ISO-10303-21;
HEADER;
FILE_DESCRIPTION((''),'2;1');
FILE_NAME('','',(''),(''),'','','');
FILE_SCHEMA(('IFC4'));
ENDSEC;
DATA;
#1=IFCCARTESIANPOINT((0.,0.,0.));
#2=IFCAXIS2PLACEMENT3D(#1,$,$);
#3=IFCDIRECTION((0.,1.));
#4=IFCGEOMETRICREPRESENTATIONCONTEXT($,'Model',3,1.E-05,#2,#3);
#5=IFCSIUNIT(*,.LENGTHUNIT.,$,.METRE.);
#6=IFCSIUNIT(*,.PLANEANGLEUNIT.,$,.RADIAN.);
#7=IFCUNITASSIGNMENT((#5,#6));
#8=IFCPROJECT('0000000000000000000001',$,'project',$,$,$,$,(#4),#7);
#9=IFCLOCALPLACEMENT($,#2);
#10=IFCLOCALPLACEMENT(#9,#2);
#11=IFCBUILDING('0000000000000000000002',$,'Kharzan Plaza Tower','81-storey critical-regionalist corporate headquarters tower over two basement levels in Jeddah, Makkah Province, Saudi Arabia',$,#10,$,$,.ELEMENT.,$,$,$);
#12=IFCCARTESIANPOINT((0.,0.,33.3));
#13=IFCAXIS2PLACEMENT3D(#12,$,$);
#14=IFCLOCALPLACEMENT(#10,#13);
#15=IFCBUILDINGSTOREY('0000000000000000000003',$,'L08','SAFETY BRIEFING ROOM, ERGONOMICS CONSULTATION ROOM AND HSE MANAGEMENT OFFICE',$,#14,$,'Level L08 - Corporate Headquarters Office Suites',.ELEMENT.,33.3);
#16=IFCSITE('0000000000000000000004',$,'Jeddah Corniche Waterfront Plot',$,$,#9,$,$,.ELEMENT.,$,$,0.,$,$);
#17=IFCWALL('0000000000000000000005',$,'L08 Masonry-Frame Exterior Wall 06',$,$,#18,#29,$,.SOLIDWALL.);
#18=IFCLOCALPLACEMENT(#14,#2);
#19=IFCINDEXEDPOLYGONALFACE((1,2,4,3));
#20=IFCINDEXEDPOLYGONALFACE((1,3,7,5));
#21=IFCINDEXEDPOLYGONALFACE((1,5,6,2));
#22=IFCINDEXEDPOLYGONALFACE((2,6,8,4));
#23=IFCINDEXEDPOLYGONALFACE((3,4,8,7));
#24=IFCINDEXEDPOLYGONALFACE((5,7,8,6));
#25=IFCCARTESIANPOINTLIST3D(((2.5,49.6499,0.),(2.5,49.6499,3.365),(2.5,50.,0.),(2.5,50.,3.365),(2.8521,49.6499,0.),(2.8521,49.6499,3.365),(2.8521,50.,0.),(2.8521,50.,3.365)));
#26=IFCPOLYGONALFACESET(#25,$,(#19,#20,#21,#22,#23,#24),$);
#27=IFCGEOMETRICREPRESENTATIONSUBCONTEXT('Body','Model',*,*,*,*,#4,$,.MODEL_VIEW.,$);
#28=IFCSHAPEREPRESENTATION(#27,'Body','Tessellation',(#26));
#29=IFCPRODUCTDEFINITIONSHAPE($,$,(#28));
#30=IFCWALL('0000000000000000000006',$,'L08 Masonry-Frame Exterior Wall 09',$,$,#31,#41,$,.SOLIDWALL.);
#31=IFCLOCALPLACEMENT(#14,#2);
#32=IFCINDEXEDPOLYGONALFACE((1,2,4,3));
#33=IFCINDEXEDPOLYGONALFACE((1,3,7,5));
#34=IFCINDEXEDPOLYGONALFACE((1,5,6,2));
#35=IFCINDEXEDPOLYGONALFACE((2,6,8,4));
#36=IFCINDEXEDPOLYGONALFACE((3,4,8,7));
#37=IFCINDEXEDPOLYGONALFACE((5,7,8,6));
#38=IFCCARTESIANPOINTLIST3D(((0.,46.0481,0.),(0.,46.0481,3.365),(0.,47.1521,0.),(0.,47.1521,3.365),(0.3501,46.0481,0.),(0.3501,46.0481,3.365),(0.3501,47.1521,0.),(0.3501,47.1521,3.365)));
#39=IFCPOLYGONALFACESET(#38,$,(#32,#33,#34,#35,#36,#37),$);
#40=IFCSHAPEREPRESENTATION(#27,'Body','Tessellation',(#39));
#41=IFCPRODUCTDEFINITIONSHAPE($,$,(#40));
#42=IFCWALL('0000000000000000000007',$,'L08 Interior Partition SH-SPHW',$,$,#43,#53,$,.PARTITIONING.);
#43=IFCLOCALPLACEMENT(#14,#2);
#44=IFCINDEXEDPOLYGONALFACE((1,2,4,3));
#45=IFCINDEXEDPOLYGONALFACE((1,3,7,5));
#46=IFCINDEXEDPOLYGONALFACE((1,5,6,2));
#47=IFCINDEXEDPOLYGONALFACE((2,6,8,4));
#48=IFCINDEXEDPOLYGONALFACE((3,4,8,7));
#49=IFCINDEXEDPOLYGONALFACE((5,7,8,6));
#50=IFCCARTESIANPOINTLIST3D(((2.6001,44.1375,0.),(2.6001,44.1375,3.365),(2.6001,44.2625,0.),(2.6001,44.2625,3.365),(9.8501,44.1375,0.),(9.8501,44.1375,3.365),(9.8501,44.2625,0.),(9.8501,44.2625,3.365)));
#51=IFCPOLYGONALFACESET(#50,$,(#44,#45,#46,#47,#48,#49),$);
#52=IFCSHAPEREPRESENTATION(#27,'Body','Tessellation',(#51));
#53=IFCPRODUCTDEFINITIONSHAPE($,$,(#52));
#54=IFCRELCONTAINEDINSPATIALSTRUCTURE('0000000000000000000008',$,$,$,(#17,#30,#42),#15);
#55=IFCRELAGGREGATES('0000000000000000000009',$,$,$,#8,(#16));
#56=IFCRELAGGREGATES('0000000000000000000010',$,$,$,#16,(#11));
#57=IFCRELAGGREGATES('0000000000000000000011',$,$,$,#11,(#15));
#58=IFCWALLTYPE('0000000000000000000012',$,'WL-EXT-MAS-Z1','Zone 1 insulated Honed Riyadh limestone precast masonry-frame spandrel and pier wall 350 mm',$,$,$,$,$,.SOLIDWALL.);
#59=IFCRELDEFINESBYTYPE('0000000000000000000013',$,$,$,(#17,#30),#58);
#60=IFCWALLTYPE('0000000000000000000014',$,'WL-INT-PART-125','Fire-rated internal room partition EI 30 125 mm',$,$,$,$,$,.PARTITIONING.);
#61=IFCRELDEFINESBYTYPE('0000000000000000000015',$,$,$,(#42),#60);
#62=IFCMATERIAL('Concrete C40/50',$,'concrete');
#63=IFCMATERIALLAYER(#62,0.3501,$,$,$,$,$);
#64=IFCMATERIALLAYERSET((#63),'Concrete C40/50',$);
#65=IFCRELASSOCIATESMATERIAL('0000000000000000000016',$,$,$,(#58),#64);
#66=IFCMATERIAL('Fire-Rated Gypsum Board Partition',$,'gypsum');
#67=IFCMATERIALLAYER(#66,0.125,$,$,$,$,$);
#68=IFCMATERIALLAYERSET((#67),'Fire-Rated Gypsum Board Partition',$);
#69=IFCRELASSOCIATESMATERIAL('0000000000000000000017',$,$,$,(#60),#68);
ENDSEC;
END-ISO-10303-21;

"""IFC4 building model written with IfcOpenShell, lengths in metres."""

from ifc_helpers import new_model, si_unit, direction, frame, frame_2d, origin, place, context, subcontext, project, spatial, rectangle, extrude, source, transform, mapped, material, layer, layer_set, type_object, element, save


model = new_model("IFC4")

# Units and contexts
model_context = context("Model", 3, precision=1e-05, world=origin(), true_north=direction((0.0, 1.0)))
body_context = subcontext(model_context, "Body", "Model", "MODEL_VIEW")
ifc_project = project(units=[si_unit("LENGTHUNIT", "METRE"), si_unit("PLANEANGLEUNIT", "RADIAN")], contexts=[model_context])

# Site, building, storey
site_placement = place(None, origin())
site = spatial("IfcSite", under=ifc_project, at=site_placement, Name="Jeddah Corniche Waterfront Plot", CompositionType="ELEMENT", RefElevation=0.0)
building_placement = place(site_placement, origin())
building = spatial("IfcBuilding", under=site, at=building_placement, Name="Kharzan Plaza Tower", Description="81-storey critical-regionalist corporate headquarters tower over two basement levels in Jeddah, Makkah Province, Saudi Arabia", CompositionType="ELEMENT")
storey_placement = place(building_placement, frame((0.0, 0.0, 33.3)))
storey = spatial("IfcBuildingStorey", under=building, at=storey_placement, Name="L08", Description="SAFETY BRIEFING ROOM, ERGONOMICS CONSULTATION ROOM AND HSE MANAGEMENT OFFICE", LongName="Level L08 - Corporate Headquarters Office Suites", CompositionType="ELEMENT", Elevation=33.3)

# Shared definitions
ifc_material_1 = material(Name="Concrete C40/50", Category="concrete")
ifc_layer_1 = layer(ifc_material_1, 0.3501)
ifc_layer_set_1 = layer_set([ifc_layer_1], Name="Concrete C40/50")
wall_type_1 = type_object("IfcWallType", Name="WL-EXT-MAS-Z1", Description="Zone 1 insulated Honed Riyadh limestone precast masonry-frame spandrel and pier wall 350 mm", PredefinedType="SOLIDWALL", material=ifc_layer_set_1)

# Walls
shared_shape_1 = source(origin(), body_context, "Body", "SweptSolid", [
    extrude(rectangle(XDim=0.3521, YDim=0.3501, at=frame_2d((0.176, 0.0))), origin(), (0.0, 0.0, 1.0), 3.365),
])
wall_1_placement = place(storey_placement, frame((2.8521, 49.825, 0.0), z_axis=(0.0, 0.0, 1.0), x_axis=(-1.0, 0.0, 0.0)))
element("IfcWall", 1, at=wall_1_placement, inside=storey, type_object=wall_type_1, Name="L08 Masonry-Frame Exterior Wall 06", PredefinedType="SOLIDWALL", context=body_context, shape_type="MappedRepresentation", body=[
    mapped(shared_shape_1, transform((0.0, 0.0, 0.0), x_axis=(1.0, 0.0, 0.0), y_axis=(0.0, 1.0, 0.0), z_axis=(0.0, 0.0, 1.0))),
])
shared_shape_2 = source(origin(), body_context, "Body", "SweptSolid", [
    extrude(rectangle(XDim=1.104, YDim=0.3501, at=frame_2d((0.552, 0.0))), origin(), (0.0, 0.0, 1.0), 3.365),
])
wall_2_placement = place(storey_placement, frame((0.175, 47.1521, 0.0), z_axis=(0.0, 0.0, 1.0), x_axis=(0.0, -1.0, 0.0)))
element("IfcWall", 2, at=wall_2_placement, inside=storey, type_object=wall_type_1, Name="L08 Masonry-Frame Exterior Wall 09", PredefinedType="SOLIDWALL", context=body_context, shape_type="MappedRepresentation", body=[
    mapped(shared_shape_2, transform((0.0, 0.0, 0.0), x_axis=(1.0, 0.0, 0.0), y_axis=(0.0, 1.0, 0.0), z_axis=(0.0, 0.0, 1.0))),
])
ifc_material_2 = material(Name="Fire-Rated Gypsum Board Partition", Category="gypsum")
ifc_layer_2 = layer(ifc_material_2, 0.125)
ifc_layer_set_2 = layer_set([ifc_layer_2], Name="Fire-Rated Gypsum Board Partition")
wall_type_2 = type_object("IfcWallType", Name="WL-INT-PART-125", Description="Fire-rated internal room partition EI 30 125 mm", PredefinedType="PARTITIONING", material=ifc_layer_set_2)
shared_shape_3 = source(origin(), body_context, "Body", "SweptSolid", [
    extrude(rectangle(XDim=7.25, YDim=0.125, at=frame_2d((3.625, 0.0))), origin(), (0.0, 0.0, 1.0), 3.365),
])
wall_3_placement = place(storey_placement, frame((2.6001, 44.2, 0.0), z_axis=(0.0, 0.0, 1.0), x_axis=(1.0, 0.0, 0.0)))
element("IfcWall", 3, at=wall_3_placement, inside=storey, type_object=wall_type_2, Name="L08 Interior Partition SH-SPHW", PredefinedType="PARTITIONING", context=body_context, shape_type="MappedRepresentation", body=[
    mapped(shared_shape_3, transform((0.0, 0.0, 0.0), x_axis=(1.0, 0.0, 0.0), y_axis=(0.0, 1.0, 0.0), z_axis=(0.0, 0.0, 1.0))),
])

save(model, "model.ifc")
